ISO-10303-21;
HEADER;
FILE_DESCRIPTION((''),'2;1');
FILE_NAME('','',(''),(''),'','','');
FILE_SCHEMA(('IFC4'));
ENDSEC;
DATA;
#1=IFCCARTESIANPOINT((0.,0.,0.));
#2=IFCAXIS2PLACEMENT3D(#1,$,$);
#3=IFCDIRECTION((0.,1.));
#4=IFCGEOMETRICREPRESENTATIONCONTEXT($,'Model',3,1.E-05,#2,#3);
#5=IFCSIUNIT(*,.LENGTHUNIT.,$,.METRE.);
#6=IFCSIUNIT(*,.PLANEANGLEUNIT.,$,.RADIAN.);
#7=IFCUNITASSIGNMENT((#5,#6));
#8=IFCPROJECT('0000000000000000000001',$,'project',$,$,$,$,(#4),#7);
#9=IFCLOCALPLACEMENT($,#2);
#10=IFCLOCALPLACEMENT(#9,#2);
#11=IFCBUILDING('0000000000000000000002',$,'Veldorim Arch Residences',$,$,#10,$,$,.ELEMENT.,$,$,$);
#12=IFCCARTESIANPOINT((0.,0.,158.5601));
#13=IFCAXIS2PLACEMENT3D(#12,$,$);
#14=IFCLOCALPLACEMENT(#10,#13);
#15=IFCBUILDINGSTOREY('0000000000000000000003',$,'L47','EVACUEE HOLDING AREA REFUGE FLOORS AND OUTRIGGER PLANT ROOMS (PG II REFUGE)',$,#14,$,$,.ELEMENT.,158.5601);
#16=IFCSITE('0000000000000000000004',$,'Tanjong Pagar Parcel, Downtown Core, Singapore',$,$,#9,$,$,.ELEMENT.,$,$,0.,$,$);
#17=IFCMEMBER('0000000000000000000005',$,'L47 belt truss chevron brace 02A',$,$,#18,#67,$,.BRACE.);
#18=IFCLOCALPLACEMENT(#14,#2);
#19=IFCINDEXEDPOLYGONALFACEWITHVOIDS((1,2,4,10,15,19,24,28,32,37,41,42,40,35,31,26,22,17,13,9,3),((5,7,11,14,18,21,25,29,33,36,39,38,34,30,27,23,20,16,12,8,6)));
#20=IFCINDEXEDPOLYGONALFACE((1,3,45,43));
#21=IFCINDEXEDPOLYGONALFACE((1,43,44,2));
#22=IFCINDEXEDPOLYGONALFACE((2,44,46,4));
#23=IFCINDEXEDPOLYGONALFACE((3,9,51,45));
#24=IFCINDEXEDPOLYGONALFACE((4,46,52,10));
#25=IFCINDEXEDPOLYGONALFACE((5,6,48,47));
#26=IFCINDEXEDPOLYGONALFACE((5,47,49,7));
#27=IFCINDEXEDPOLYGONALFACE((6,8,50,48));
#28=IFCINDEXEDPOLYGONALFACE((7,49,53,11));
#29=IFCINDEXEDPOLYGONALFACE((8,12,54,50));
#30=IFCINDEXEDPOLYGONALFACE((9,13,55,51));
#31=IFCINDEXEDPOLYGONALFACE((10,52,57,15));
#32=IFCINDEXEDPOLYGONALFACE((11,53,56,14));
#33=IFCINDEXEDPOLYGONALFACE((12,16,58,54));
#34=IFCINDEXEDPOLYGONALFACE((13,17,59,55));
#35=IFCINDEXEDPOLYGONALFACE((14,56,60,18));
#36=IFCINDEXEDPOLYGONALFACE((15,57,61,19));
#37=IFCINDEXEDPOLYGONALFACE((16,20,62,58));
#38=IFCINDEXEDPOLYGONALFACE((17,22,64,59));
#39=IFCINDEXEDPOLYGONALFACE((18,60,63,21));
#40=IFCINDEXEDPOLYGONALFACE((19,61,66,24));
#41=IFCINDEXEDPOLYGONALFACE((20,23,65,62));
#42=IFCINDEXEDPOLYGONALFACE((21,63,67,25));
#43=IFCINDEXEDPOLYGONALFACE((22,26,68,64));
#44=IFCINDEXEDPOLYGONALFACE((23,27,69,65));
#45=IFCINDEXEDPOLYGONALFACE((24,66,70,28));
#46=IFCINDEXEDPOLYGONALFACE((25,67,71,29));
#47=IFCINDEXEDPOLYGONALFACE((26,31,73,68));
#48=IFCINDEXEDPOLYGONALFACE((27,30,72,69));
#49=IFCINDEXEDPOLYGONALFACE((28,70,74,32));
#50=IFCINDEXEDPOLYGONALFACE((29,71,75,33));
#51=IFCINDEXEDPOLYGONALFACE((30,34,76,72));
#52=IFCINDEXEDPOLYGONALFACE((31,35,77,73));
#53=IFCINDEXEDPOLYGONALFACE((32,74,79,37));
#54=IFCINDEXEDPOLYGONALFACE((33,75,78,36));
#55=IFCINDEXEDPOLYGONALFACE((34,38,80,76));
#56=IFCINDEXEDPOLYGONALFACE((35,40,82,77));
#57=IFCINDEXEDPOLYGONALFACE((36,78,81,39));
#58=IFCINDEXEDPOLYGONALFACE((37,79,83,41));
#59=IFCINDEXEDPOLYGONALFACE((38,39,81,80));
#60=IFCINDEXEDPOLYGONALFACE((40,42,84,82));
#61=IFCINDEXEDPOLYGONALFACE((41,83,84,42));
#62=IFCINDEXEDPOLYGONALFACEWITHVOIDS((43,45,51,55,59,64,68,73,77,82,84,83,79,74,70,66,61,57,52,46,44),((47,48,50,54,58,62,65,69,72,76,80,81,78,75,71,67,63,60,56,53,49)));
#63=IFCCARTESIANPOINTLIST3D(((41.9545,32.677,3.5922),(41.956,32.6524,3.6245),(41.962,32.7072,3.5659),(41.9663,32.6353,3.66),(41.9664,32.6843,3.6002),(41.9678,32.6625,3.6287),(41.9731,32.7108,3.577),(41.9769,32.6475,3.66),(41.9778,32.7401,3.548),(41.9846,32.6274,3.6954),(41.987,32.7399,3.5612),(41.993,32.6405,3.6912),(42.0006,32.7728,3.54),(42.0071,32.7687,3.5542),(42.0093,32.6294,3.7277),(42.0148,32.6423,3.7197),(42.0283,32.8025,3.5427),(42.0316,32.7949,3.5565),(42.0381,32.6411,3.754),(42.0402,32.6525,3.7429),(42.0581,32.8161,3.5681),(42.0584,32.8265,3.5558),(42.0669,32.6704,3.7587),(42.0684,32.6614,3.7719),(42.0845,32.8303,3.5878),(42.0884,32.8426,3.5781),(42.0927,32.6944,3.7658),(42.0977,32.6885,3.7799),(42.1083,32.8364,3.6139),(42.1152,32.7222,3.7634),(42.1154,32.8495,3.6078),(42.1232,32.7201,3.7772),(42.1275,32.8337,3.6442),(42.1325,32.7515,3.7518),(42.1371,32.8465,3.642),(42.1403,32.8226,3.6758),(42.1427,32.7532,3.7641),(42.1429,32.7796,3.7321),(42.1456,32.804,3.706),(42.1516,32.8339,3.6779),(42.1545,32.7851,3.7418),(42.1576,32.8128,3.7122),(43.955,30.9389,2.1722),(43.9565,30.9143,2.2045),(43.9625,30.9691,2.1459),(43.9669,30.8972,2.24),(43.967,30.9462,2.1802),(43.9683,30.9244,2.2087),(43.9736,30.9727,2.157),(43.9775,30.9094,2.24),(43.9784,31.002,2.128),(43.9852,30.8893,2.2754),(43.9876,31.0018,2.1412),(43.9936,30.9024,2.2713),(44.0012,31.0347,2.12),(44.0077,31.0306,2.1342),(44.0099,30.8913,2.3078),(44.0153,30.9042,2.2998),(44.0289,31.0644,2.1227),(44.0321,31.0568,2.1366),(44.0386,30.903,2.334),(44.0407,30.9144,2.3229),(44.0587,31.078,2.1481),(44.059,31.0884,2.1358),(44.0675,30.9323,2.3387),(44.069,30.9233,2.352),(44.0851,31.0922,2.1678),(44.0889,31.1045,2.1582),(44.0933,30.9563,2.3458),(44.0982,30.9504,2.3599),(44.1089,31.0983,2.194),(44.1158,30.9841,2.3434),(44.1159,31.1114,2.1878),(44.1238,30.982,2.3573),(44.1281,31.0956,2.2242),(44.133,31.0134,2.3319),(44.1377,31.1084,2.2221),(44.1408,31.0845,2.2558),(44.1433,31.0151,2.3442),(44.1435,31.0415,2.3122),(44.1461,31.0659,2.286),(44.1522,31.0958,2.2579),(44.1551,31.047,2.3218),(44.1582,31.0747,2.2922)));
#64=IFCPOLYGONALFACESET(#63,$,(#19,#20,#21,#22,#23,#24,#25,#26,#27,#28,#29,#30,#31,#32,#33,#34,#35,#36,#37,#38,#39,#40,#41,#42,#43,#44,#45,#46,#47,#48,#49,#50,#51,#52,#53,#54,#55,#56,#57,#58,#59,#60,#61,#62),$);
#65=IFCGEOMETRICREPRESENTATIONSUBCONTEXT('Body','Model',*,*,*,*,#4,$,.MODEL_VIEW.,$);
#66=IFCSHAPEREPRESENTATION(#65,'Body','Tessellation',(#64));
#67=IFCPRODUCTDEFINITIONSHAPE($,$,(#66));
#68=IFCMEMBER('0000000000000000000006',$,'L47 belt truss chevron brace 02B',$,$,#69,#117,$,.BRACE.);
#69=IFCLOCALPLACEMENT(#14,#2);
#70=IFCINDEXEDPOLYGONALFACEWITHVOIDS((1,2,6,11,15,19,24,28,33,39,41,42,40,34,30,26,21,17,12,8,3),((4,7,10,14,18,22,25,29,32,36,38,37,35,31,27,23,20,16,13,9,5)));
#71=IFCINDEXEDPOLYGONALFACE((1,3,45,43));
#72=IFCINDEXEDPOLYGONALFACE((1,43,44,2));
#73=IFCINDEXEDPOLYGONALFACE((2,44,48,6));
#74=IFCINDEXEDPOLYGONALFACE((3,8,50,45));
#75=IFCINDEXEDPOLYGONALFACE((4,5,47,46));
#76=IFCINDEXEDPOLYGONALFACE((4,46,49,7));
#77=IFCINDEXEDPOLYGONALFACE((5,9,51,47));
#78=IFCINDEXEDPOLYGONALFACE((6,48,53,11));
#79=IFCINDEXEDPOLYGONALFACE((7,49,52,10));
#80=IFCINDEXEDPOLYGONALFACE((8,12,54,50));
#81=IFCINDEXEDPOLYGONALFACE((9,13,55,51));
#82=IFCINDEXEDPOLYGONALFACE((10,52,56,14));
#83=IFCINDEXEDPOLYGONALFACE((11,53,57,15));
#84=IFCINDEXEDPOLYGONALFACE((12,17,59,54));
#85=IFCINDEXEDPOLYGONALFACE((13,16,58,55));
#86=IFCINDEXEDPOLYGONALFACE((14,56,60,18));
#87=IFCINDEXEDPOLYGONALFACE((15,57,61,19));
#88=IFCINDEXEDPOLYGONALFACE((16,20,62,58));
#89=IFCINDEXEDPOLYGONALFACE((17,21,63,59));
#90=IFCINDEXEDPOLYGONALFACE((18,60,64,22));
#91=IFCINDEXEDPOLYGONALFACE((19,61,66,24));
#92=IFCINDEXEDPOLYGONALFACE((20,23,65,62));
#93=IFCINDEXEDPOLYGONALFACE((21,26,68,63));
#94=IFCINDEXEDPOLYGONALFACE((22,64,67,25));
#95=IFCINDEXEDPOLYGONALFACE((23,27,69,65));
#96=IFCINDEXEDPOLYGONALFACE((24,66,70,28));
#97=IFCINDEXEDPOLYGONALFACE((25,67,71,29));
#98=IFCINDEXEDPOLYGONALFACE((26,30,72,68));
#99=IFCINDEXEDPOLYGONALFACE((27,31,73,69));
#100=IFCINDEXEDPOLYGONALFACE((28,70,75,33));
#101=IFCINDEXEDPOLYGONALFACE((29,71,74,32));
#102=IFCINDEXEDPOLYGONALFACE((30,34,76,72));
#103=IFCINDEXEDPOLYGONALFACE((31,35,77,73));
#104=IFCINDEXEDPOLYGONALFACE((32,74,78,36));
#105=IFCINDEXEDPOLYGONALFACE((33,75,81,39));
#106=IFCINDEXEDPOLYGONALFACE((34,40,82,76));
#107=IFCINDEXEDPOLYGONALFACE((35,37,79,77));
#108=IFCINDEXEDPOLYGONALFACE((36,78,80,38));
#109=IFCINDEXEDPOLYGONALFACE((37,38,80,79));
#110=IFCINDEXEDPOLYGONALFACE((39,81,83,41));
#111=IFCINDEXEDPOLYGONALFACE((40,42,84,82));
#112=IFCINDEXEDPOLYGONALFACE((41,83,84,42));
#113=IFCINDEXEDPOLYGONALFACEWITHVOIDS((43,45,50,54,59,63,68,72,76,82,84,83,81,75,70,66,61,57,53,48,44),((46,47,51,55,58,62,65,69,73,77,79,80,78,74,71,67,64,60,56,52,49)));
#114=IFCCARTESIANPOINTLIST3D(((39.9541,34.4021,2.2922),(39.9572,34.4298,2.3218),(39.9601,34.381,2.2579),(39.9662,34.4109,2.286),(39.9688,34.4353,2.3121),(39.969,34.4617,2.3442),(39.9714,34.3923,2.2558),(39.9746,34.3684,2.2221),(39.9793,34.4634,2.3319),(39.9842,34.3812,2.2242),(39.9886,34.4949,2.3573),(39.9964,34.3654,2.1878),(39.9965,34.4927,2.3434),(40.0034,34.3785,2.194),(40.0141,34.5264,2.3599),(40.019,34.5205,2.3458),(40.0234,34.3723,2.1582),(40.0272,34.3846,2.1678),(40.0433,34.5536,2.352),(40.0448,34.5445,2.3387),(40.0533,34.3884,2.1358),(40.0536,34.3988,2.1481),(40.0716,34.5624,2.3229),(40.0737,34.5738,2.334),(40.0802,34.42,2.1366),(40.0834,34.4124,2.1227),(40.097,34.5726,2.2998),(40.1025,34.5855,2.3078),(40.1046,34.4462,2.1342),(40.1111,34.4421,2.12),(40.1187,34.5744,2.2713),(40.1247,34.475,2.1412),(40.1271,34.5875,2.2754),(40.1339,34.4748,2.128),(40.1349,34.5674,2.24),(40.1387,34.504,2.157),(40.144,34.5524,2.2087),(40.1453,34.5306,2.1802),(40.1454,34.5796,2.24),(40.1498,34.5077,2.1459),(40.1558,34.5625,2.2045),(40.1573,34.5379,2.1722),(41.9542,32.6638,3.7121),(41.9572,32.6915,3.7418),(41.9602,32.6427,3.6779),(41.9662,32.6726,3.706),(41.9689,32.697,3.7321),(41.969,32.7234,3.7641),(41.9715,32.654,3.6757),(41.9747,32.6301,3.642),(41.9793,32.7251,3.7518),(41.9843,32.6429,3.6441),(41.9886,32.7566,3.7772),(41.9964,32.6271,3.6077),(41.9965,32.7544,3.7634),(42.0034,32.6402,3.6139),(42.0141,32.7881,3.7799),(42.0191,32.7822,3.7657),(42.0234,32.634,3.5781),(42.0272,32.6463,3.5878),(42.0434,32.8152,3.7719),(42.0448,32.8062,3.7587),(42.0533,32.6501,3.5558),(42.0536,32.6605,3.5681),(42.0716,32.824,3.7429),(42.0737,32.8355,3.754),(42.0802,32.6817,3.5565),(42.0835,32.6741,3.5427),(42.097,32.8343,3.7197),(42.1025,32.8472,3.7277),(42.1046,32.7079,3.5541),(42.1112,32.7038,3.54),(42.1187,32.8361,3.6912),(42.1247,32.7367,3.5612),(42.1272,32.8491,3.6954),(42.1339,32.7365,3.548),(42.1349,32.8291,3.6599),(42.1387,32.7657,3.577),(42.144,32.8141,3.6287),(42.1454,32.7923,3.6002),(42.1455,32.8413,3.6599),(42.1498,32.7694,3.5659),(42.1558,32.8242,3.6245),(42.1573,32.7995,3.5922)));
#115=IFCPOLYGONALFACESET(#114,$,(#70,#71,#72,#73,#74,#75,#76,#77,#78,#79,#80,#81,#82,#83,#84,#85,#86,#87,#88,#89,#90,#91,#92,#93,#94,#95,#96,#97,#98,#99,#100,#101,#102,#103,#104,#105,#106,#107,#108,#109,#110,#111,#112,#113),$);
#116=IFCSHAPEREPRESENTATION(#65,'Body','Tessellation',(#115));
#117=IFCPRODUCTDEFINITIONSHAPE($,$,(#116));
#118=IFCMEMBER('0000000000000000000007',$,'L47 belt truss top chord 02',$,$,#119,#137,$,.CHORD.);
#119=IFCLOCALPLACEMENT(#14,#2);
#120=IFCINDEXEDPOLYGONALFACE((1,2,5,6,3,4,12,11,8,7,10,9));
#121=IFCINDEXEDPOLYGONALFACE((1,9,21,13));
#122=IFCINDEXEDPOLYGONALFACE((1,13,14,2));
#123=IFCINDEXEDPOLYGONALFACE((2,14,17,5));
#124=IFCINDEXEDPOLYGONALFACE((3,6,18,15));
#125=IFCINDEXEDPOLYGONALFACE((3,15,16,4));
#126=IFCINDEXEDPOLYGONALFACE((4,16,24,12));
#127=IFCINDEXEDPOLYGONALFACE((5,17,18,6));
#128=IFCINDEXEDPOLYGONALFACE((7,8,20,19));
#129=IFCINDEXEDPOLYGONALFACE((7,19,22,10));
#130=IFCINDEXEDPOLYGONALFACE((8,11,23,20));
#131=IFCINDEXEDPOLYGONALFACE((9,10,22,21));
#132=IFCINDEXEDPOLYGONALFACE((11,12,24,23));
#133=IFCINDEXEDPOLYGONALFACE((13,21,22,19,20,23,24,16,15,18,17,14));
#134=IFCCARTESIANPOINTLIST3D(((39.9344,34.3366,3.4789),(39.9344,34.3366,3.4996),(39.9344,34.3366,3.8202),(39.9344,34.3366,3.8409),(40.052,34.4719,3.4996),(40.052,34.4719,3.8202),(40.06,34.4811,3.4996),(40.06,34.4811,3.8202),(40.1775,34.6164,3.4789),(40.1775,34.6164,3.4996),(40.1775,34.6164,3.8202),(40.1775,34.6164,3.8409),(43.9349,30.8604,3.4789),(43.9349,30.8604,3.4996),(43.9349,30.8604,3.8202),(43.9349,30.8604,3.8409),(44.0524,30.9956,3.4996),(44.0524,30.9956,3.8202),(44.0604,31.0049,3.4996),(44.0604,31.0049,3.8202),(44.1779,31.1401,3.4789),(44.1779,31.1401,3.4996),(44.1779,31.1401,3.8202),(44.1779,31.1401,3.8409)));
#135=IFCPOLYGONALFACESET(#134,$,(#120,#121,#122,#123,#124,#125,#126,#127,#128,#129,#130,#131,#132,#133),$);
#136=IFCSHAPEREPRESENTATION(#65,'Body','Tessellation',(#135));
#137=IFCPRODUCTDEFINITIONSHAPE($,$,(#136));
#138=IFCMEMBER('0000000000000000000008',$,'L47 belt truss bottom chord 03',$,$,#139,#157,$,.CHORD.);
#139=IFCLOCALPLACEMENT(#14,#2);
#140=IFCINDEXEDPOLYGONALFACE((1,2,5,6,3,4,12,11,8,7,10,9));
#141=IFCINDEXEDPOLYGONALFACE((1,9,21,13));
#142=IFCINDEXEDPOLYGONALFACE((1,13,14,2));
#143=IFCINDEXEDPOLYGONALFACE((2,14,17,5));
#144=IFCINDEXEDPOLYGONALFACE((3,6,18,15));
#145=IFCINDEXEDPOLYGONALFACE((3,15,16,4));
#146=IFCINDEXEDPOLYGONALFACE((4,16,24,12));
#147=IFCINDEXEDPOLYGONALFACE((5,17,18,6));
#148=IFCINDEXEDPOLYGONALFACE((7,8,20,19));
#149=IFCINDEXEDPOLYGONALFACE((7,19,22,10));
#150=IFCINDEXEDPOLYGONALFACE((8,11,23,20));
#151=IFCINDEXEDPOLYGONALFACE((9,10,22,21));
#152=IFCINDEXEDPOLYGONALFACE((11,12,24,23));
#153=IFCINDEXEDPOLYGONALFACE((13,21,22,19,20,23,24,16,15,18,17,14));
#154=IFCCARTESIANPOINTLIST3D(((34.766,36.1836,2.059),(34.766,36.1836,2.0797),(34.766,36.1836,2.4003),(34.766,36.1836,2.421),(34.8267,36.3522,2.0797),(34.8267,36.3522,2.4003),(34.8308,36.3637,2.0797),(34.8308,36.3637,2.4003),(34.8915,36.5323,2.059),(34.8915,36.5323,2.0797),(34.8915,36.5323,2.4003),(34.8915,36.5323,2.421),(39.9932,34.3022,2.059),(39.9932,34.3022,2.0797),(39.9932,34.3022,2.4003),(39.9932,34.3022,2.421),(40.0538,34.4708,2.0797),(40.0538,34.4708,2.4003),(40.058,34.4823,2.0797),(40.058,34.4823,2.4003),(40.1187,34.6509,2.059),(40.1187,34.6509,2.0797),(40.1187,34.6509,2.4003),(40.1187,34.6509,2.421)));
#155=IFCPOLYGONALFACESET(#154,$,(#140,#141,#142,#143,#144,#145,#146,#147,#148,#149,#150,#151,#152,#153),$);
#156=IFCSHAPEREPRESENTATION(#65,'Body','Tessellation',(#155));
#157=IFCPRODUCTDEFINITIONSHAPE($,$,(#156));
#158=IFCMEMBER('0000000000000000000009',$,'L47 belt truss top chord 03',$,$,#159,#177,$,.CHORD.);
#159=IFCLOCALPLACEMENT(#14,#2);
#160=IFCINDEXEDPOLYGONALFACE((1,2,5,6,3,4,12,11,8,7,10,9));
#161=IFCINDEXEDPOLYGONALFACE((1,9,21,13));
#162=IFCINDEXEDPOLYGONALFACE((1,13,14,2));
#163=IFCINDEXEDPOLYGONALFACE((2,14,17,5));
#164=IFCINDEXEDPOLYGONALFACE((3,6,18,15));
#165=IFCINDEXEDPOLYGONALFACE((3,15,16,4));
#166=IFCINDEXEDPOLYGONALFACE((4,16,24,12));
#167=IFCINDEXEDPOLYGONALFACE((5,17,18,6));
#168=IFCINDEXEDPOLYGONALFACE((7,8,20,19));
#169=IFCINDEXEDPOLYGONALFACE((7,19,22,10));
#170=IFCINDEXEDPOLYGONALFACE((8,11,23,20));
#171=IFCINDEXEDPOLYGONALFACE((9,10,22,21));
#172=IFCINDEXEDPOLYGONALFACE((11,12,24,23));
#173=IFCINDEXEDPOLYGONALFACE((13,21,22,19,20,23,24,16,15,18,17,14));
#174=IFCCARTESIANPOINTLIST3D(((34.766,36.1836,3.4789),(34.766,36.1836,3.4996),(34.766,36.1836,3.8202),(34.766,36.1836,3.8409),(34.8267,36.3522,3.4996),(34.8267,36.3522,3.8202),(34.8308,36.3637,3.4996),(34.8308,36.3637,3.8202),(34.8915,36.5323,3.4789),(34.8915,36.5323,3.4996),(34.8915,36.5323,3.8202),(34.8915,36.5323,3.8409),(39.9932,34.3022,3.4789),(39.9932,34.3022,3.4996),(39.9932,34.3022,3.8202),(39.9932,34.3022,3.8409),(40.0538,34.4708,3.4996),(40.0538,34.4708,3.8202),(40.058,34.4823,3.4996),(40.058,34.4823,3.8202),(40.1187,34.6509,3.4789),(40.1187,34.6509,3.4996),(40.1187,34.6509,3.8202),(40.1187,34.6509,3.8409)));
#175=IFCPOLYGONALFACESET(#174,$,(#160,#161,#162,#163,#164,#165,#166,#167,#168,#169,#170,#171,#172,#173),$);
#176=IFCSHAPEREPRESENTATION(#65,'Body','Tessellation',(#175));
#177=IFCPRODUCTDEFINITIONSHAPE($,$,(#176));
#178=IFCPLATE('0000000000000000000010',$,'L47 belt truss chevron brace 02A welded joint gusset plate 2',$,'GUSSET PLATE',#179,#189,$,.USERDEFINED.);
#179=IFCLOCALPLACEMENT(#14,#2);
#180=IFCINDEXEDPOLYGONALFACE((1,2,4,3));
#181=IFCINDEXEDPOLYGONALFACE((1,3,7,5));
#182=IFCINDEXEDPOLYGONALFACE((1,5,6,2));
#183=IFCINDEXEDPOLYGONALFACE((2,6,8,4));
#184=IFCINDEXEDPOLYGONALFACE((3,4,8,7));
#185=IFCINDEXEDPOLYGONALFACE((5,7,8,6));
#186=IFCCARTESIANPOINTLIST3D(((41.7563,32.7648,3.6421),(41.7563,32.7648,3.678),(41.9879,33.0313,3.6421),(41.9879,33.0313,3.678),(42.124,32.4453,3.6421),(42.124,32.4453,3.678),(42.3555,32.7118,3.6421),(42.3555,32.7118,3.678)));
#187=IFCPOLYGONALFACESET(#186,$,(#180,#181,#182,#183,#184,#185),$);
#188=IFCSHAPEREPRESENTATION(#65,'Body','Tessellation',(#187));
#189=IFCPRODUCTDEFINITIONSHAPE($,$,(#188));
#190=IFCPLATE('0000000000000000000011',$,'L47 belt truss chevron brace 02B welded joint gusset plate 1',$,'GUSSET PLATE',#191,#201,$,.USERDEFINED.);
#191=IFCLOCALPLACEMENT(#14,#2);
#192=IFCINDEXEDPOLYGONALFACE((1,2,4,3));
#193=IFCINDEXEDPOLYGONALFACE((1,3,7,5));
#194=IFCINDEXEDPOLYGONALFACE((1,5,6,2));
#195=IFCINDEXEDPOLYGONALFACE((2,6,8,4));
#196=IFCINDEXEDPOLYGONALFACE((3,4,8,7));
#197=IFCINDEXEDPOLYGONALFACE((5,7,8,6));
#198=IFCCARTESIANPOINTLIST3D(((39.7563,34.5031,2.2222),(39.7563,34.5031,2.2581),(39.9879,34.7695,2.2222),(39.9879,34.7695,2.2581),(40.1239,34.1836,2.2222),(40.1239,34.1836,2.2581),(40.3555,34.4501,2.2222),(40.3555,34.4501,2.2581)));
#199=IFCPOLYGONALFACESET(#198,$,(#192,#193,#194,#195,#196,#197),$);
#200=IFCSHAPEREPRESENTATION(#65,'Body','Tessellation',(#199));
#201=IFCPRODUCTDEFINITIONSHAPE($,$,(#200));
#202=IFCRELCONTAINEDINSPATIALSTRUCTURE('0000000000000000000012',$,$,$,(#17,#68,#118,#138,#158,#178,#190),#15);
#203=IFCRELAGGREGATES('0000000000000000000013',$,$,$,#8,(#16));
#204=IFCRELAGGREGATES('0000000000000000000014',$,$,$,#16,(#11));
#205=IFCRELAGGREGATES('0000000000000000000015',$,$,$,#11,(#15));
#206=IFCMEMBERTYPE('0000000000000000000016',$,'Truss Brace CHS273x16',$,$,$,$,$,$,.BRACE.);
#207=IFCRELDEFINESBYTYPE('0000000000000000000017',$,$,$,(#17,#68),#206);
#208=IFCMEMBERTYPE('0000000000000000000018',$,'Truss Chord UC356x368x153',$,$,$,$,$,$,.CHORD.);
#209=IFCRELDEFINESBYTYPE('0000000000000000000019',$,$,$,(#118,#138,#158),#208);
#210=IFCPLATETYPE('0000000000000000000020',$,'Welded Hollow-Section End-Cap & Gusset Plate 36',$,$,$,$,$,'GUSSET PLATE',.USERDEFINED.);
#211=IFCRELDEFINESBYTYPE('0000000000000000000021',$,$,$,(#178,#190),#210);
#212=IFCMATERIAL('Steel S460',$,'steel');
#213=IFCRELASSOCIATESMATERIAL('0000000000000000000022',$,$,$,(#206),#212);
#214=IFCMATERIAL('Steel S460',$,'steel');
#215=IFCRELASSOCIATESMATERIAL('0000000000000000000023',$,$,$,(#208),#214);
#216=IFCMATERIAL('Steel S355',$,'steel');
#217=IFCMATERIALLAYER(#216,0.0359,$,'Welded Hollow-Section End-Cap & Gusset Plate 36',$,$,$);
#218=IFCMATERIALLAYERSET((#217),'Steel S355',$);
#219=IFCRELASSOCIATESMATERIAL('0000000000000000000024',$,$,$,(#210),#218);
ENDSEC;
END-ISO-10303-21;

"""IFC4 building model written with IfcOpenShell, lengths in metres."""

from ifc_helpers import new_model, si_unit, direction, frame, origin, origin_2d, place, context, subcontext, project, spatial, rectangle, hollow_circle, i_section, extrude, material, layer, layer_set, material_profile, profile_set, type_object, element, save


model = new_model("IFC4")

# Units and contexts
model_context = context("Model", 3, precision=1e-05, world=origin(), true_north=direction((0.0, 1.0)))
body_context = subcontext(model_context, "Body", "Model", "MODEL_VIEW")
ifc_project = project(units=[si_unit("LENGTHUNIT", "METRE"), si_unit("PLANEANGLEUNIT", "RADIAN")], contexts=[model_context])

# Site, building, storey
site_placement = place(None, origin())
site = spatial("IfcSite", under=ifc_project, at=site_placement, Name="Tanjong Pagar Parcel, Downtown Core, Singapore", CompositionType="ELEMENT", RefElevation=0.0)
building_placement = place(site_placement, origin())
building = spatial("IfcBuilding", under=site, at=building_placement, Name="Veldorim Arch Residences", CompositionType="ELEMENT")
storey_placement = place(building_placement, frame((0.0, 0.0, 158.5601)))
storey = spatial("IfcBuildingStorey", under=building, at=storey_placement, Name="L47", Description="EVACUEE HOLDING AREA REFUGE FLOORS AND OUTRIGGER PLANT ROOMS (PG II REFUGE)", CompositionType="ELEMENT", Elevation=158.5601)

# Members
ifc_material_1 = material(Name="Steel S460", Category="steel")
ifc_material_profile_1 = material_profile(ifc_material_1, hollow_circle(Radius=0.1365, WallThickness=0.0161, at=origin_2d()), Name="CHS273x16")
ifc_profile_set_1 = profile_set([ifc_material_profile_1], Name="Steel S460")
member_type_1 = type_object("IfcMemberType", Name="Truss Brace CHS273x16", PredefinedType="BRACE", material=ifc_profile_set_1)
member_1_placement = place(storey_placement, frame((44.0564, 31.0002, 2.24), z_axis=(-0.665393, 0.578098, 0.472288), x_axis=(-0.655852, -0.754889, 0.0)))
element("IfcMember", 1, at=member_1_placement, inside=storey, type_object=member_type_1, Name="L47 belt truss chevron brace 02A", PredefinedType="BRACE", context=body_context, shape_type="SweptSolid", body=[
    extrude(hollow_circle(Radius=0.1365, WallThickness=0.0161, at=origin_2d()), origin(), (0.0, 0.0, 1.0), 3.0066),
])
member_2_placement = place(storey_placement, frame((40.0559, 34.4766, 2.24), z_axis=(0.665271, -0.578214, 0.472316), x_axis=(0.655996, 0.754764, 0.0)))
element("IfcMember", 2, at=member_2_placement, inside=storey, type_object=member_type_1, Name="L47 belt truss chevron brace 02B", PredefinedType="BRACE", context=body_context, shape_type="SweptSolid", body=[
    extrude(hollow_circle(Radius=0.1365, WallThickness=0.0161, at=origin_2d()), origin(), (0.0, 0.0, 1.0), 3.0063),
])
ifc_material_2 = material(Name="Steel S460", Category="steel")
ifc_material_profile_2 = material_profile(ifc_material_2, i_section(OverallWidth=0.3706, OverallDepth=0.3621, WebThickness=0.0122, FlangeThickness=0.0208, at=origin_2d()), Name="UC356x368x153")
ifc_profile_set_2 = profile_set([ifc_material_profile_2], Name="Steel S460")
member_type_2 = type_object("IfcMemberType", Name="Truss Chord UC356x368x153", PredefinedType="CHORD", material=ifc_profile_set_2)
member_3_placement = place(storey_placement, frame((44.0564, 31.0002, 3.6599), z_axis=(-0.754827, 0.655924, 0.0), x_axis=(-0.655924, -0.754827, 0.0)))
element("IfcMember", 3, at=member_3_placement, inside=storey, type_object=member_type_2, Name="L47 belt truss top chord 02", PredefinedType="CHORD", context=body_context, shape_type="SweptSolid", body=[
    extrude(i_section(OverallWidth=0.3706, OverallDepth=0.3621, WebThickness=0.0122, FlangeThickness=0.0208, at=origin_2d()), origin(), (0.0, 0.0, 1.0), 5.2998),
])
for number, where, z_axis, x_axis, name in (
    (4, (40.0559, 34.4766, 2.24), (-0.94091, 0.338657, 0.0), (-0.338657, -0.94091, 0.0), "L47 belt truss bottom chord 03"),
    (5, (40.0559, 34.4766, 3.6599), (-0.94091, 0.338657, 0.0), (-0.338657, -0.94091, 0.0), "L47 belt truss top chord 03"),
):
    element("IfcMember", number, at=place(storey_placement, frame(where, z_axis=z_axis, x_axis=x_axis)), inside=storey, type_object=member_type_2, Name=name, PredefinedType="CHORD", context=body_context, shape_type="SweptSolid", body=[
        extrude(i_section(OverallWidth=0.3706, OverallDepth=0.3621, WebThickness=0.0122, FlangeThickness=0.0208, at=origin_2d()), origin(), (0.0, 0.0, 1.0), 5.5554),
    ])

# Plates
ifc_material_3 = material(Name="Steel S355", Category="steel")
ifc_layer_1 = layer(ifc_material_3, 0.0359, Name="Welded Hollow-Section End-Cap & Gusset Plate 36")
ifc_layer_set_1 = layer_set([ifc_layer_1], Name="Steel S355")
plate_type = type_object("IfcPlateType", Name="Welded Hollow-Section End-Cap & Gusset Plate 36", ElementType="GUSSET PLATE", PredefinedType="USERDEFINED", material=ifc_layer_set_1)
for number, where, z_axis, x_axis, name in (
    (6, (42.0559, 32.7383, 3.6421), (0.0, 0.0, 1.0), (-0.754847, 0.655901, 0.0), "L47 belt truss chevron brace 02A welded joint gusset plate 2"),
    (7, (40.0559, 34.4766, 2.2222), (0.0, 0.0, 1.0), (0.754813, -0.65594, 0.0), "L47 belt truss chevron brace 02B welded joint gusset plate 1"),
):
    element("IfcPlate", number, at=place(storey_placement, frame(where, z_axis=z_axis, x_axis=x_axis)), inside=storey, type_object=plate_type, Name=name, ObjectType="GUSSET PLATE", PredefinedType="USERDEFINED", context=body_context, shape_type="SweptSolid", body=[
        extrude(rectangle(XDim=0.4871, YDim=0.353, at=origin_2d()), origin(), (0.0, 0.0, 1.0), 0.0359),
    ])

save(model, "model.ifc")
